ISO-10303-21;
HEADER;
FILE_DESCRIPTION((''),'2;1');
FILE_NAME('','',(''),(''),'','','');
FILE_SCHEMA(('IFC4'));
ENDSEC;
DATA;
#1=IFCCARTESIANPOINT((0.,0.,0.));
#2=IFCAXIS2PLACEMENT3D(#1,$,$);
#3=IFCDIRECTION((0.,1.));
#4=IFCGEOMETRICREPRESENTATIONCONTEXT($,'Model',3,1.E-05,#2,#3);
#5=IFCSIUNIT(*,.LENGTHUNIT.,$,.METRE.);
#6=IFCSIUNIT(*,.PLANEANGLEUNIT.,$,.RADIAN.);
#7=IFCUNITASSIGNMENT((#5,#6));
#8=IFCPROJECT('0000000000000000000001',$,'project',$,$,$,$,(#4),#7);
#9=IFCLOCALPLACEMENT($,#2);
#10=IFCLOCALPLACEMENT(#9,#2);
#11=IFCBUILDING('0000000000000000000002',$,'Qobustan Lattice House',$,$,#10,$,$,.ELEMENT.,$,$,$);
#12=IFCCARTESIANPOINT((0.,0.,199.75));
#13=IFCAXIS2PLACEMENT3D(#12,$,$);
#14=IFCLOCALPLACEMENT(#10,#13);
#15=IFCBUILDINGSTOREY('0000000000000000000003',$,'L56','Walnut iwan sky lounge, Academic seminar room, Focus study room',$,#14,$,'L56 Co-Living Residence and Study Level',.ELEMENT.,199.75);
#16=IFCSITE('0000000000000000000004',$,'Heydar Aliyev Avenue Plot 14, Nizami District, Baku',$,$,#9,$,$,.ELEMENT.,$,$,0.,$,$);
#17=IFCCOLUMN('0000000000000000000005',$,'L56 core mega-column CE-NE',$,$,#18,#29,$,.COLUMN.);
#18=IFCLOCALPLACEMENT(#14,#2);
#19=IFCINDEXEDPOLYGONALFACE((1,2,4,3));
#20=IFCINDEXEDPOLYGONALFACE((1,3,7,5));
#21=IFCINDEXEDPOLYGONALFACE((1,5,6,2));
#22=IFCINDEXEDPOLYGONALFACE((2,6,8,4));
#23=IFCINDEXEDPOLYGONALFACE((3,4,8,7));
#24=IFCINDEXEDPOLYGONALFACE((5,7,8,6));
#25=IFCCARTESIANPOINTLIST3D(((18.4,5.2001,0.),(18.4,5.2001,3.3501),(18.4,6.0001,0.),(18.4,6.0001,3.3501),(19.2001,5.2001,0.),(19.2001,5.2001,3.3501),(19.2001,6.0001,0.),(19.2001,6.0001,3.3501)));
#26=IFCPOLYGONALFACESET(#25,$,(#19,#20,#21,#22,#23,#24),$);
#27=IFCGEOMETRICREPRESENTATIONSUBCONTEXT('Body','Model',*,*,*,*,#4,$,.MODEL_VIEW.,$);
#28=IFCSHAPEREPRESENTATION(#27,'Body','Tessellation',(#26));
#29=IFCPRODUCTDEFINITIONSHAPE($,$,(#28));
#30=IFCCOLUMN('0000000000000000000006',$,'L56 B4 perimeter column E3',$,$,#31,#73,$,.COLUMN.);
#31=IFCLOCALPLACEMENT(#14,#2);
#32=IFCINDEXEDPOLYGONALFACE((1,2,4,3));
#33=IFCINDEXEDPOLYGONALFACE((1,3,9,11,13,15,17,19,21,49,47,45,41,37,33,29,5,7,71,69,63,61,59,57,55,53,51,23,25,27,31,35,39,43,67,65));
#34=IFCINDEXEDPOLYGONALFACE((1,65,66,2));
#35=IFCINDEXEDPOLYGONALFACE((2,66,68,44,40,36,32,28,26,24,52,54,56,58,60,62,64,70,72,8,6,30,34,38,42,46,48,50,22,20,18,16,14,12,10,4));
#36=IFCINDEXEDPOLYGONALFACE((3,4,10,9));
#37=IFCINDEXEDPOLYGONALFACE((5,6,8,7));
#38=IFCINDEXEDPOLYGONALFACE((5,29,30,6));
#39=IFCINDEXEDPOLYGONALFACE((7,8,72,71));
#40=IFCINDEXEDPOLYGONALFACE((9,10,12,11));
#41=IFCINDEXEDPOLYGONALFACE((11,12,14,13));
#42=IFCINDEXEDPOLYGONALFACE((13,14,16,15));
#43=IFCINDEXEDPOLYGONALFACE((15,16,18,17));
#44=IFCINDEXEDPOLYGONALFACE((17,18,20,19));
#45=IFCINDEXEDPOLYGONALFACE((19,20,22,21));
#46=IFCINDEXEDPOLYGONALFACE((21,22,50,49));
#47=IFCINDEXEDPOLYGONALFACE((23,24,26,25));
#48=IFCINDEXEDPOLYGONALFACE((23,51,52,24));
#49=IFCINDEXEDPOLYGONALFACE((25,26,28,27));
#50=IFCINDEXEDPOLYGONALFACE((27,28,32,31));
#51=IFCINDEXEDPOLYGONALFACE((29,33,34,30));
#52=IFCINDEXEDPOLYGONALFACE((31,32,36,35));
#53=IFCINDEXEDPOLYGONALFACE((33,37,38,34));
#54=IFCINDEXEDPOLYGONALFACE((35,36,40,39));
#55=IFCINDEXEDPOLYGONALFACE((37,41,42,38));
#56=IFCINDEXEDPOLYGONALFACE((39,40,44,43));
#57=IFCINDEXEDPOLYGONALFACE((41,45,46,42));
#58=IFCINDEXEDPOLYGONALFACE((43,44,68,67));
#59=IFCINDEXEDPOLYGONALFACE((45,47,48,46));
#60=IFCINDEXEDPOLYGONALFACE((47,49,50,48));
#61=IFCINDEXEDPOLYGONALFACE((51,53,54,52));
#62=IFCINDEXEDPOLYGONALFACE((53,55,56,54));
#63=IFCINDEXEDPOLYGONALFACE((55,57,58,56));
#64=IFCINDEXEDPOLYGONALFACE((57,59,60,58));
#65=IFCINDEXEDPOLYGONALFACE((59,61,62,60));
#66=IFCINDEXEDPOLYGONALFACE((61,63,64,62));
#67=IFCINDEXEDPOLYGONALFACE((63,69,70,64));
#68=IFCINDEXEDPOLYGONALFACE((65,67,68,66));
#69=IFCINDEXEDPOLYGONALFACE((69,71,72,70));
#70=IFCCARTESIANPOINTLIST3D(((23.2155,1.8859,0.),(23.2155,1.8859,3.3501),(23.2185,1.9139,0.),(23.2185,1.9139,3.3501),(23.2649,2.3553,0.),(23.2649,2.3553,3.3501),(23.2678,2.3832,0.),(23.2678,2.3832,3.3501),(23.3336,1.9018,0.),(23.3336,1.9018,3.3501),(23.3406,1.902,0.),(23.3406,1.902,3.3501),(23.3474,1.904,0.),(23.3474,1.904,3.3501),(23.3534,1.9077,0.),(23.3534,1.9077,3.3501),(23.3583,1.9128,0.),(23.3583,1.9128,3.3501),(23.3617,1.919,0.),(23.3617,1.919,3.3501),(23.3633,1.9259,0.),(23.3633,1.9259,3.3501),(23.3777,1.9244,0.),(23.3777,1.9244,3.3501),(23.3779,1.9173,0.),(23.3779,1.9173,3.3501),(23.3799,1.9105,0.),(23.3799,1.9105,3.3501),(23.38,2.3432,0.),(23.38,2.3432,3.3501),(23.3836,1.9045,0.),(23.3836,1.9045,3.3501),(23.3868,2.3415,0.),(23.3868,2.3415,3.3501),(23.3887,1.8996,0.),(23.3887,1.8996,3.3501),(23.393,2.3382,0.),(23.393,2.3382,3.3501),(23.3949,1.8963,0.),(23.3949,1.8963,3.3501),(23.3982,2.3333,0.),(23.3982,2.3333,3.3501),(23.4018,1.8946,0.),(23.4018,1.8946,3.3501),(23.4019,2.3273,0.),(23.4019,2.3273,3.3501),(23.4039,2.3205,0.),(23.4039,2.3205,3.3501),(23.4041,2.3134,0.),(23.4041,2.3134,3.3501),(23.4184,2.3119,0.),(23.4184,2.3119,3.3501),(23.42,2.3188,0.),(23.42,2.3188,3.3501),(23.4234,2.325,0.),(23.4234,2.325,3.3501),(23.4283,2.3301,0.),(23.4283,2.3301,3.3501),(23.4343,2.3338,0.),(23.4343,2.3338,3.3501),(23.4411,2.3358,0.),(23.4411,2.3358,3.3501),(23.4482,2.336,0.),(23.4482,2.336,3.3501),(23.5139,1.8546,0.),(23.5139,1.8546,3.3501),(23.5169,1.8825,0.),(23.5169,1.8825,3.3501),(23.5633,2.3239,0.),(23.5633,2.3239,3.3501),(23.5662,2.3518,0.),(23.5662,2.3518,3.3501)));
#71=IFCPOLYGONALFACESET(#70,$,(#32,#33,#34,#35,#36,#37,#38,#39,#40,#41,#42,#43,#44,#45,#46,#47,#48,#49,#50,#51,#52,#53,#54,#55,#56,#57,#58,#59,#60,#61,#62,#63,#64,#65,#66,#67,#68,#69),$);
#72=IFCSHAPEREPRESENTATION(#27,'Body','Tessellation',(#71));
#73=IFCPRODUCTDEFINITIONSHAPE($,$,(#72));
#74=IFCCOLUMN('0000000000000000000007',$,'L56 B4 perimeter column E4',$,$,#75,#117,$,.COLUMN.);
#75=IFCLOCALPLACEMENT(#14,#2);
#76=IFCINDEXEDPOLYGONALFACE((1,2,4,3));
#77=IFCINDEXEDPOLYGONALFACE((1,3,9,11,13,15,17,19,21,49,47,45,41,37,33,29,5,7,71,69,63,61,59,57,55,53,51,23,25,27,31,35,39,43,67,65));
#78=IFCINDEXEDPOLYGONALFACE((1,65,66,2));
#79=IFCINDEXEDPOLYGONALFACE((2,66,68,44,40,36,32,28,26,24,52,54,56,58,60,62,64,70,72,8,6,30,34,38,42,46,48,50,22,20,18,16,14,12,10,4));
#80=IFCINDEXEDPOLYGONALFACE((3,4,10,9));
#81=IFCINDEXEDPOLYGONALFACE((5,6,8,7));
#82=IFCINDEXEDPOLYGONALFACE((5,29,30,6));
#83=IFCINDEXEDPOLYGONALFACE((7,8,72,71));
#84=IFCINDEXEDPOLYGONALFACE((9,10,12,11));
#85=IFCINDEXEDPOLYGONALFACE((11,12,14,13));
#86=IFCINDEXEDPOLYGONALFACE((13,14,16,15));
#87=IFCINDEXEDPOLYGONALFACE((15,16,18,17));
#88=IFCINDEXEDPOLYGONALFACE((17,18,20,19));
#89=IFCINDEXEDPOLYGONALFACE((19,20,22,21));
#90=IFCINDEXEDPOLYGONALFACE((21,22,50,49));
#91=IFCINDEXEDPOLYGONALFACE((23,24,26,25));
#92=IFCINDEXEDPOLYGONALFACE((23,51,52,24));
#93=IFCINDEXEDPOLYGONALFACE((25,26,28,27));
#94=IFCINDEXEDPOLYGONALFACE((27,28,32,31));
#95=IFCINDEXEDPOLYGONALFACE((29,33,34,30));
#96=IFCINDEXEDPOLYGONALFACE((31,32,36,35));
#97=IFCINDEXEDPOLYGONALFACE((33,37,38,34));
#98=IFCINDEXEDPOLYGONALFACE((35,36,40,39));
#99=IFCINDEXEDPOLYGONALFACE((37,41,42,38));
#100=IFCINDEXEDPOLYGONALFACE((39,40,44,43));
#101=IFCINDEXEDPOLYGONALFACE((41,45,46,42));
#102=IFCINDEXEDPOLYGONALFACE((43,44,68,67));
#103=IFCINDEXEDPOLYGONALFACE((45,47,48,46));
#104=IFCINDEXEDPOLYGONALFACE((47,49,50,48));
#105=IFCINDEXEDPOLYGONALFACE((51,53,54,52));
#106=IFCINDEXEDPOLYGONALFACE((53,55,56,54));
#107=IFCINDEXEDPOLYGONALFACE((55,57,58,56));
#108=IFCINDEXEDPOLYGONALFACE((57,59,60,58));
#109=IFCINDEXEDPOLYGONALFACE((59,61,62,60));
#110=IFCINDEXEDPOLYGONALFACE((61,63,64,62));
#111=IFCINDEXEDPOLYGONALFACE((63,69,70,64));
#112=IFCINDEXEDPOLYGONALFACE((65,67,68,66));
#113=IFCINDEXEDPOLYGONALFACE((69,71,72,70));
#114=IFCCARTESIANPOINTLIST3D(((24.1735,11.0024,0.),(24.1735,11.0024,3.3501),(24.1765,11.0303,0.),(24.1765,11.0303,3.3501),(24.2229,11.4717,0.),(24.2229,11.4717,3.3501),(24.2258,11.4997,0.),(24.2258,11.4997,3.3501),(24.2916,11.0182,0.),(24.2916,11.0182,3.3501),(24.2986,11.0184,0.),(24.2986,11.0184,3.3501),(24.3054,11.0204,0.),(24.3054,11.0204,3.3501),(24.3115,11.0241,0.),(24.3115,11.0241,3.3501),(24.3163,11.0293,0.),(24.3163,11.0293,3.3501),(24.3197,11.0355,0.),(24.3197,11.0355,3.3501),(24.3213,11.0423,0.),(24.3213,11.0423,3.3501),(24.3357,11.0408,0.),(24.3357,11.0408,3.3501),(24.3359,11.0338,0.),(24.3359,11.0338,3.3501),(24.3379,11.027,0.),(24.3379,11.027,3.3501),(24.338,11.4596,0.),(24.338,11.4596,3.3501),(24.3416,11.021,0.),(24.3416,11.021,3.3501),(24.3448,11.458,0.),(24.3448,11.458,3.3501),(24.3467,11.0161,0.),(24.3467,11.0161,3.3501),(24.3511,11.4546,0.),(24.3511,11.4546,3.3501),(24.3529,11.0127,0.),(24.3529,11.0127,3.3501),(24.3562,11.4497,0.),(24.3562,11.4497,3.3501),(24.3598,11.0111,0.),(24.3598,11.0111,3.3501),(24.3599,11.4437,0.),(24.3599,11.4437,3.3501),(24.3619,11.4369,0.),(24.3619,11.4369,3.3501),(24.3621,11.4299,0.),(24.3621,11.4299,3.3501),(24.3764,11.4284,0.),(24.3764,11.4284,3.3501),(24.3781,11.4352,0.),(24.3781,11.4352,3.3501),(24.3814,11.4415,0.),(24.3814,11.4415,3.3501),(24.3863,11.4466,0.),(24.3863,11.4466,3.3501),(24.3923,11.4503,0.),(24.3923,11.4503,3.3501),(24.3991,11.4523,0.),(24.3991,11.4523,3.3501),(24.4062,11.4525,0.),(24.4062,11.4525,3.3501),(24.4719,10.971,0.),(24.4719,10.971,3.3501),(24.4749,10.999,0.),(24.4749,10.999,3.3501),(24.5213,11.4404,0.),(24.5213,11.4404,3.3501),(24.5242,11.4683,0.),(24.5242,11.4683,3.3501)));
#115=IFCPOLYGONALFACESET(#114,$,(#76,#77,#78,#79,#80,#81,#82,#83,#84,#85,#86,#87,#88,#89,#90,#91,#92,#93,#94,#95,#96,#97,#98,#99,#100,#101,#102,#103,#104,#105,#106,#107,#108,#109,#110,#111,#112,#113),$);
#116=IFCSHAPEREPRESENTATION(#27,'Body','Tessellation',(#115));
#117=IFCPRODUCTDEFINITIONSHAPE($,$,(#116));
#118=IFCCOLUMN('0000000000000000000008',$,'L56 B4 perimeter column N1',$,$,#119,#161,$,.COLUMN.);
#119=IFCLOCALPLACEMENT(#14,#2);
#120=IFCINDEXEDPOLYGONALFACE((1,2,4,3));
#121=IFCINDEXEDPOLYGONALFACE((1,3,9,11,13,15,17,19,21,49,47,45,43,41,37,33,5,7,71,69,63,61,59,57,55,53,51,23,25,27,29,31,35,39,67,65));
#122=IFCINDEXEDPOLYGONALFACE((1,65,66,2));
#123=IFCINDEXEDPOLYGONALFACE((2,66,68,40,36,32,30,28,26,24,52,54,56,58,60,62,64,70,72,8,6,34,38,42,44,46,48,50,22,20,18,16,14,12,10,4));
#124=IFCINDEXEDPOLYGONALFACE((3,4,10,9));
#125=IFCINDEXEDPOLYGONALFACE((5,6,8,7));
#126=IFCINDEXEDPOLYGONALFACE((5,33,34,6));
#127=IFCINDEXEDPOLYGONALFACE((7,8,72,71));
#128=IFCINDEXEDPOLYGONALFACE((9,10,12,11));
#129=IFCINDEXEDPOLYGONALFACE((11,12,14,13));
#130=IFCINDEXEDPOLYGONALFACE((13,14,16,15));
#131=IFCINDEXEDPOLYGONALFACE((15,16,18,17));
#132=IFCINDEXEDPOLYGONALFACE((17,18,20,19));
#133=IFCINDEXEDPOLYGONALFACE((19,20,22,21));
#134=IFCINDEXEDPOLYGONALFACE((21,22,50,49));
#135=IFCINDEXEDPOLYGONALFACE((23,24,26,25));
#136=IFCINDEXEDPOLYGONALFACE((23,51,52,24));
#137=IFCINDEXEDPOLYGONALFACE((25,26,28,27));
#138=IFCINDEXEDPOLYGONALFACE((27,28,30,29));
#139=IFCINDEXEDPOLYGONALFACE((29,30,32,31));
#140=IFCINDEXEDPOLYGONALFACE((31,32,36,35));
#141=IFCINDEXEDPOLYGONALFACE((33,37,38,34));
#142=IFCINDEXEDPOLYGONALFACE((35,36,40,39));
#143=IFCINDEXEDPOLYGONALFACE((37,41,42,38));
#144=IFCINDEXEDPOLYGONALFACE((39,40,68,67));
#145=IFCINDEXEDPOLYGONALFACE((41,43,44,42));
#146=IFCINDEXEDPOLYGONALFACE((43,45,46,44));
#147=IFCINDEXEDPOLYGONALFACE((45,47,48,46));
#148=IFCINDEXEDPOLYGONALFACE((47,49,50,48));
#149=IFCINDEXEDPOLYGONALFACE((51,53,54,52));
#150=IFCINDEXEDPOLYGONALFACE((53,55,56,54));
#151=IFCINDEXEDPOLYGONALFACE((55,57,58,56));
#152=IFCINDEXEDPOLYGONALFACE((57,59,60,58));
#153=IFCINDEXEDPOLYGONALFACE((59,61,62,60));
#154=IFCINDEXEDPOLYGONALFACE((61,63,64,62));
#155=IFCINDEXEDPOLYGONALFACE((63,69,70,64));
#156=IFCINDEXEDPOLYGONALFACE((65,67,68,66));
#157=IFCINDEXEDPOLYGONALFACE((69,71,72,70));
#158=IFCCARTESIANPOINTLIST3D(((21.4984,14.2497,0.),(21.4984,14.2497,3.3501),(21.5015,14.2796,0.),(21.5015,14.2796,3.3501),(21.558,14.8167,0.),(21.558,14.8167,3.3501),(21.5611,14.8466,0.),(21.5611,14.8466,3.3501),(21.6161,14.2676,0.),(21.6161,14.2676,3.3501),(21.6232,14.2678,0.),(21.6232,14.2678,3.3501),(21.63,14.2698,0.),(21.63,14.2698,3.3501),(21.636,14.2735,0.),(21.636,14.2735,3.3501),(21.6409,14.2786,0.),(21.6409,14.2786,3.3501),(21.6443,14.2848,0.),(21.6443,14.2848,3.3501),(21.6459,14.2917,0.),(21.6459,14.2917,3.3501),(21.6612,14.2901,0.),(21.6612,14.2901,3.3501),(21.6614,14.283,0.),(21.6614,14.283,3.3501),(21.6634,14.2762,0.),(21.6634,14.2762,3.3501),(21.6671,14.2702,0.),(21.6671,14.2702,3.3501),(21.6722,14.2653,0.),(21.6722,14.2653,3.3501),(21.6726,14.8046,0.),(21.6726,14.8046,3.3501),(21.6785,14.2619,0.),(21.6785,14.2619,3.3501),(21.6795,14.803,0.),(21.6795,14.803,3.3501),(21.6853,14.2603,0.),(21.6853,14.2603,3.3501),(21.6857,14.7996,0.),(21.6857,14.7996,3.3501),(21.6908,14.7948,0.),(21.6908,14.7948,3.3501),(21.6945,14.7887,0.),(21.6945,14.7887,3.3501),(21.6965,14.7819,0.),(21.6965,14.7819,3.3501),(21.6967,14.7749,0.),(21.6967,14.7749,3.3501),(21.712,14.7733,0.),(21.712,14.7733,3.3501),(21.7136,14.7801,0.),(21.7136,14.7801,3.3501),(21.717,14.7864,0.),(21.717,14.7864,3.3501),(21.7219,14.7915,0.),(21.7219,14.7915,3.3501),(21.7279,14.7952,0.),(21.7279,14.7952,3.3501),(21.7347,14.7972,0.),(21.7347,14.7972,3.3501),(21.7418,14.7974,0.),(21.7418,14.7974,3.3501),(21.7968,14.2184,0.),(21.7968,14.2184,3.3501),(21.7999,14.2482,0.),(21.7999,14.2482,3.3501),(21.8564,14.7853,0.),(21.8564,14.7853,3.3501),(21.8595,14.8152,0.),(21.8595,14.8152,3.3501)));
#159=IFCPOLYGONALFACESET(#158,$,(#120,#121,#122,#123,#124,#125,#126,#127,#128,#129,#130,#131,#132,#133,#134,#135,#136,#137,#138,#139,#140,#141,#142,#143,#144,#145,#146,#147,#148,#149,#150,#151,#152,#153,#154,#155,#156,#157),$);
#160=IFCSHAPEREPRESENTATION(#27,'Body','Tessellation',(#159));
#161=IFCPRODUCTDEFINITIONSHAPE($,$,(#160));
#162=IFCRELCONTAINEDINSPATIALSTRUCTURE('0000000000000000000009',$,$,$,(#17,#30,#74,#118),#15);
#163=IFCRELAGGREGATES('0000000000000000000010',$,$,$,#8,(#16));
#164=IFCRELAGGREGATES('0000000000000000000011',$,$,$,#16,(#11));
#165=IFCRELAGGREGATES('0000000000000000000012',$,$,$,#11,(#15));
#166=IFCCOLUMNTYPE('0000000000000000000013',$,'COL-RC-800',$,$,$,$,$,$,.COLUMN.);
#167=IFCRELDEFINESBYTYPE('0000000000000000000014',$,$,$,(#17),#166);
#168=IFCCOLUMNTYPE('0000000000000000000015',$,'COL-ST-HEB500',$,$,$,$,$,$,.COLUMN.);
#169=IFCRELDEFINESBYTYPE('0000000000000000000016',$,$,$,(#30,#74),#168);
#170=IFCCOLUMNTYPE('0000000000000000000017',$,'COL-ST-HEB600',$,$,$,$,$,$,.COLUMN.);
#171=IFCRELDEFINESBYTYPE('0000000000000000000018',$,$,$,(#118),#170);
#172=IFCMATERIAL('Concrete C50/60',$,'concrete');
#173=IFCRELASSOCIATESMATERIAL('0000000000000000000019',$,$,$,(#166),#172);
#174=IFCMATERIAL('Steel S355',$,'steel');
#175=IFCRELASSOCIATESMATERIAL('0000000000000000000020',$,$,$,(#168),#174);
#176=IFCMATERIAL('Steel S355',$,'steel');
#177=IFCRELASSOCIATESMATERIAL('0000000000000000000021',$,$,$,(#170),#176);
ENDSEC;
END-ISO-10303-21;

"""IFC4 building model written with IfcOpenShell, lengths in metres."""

from ifc_helpers import new_model, si_unit, direction, frame, origin, origin_2d, place, context, subcontext, project, spatial, rectangle, i_section, extrude, material, material_profile, profile_set, type_object, element, save


model = new_model("IFC4")

# Units and contexts
model_context = context("Model", 3, precision=1e-05, world=origin(), true_north=direction((0.0, 1.0)))
body_context = subcontext(model_context, "Body", "Model", "MODEL_VIEW")
ifc_project = project(units=[si_unit("LENGTHUNIT", "METRE"), si_unit("PLANEANGLEUNIT", "RADIAN")], contexts=[model_context])

# Site, building, storey
site_placement = place(None, origin())
site = spatial("IfcSite", under=ifc_project, at=site_placement, Name="Heydar Aliyev Avenue Plot 14, Nizami District, Baku", CompositionType="ELEMENT", RefElevation=0.0)
building_placement = place(site_placement, origin())
building = spatial("IfcBuilding", under=site, at=building_placement, Name="Qobustan Lattice House", CompositionType="ELEMENT")
storey_placement = place(building_placement, frame((0.0, 0.0, 199.75)))
storey = spatial("IfcBuildingStorey", under=building, at=storey_placement, Name="L56", Description="Walnut iwan sky lounge, Academic seminar room, Focus study room", LongName="L56 Co-Living Residence and Study Level", CompositionType="ELEMENT", Elevation=199.75)

# Columns
ifc_material_1 = material(Name="Concrete C50/60", Category="concrete")
ifc_material_profile_1 = material_profile(ifc_material_1, rectangle(XDim=0.8, YDim=0.8, at=origin_2d()), Name="RC800x800")
ifc_profile_set_1 = profile_set([ifc_material_profile_1], Name="Concrete C50/60")
column_type_1 = type_object("IfcColumnType", Name="COL-RC-800", PredefinedType="COLUMN", material=ifc_profile_set_1)
column_1_placement = place(storey_placement, frame((18.8, 5.6001, 0.0), z_axis=(0.0, 0.0, 1.0), x_axis=(1.0, 0.0, 0.0)))
element("IfcColumn", 1, at=column_1_placement, inside=storey, type_object=column_type_1, Name="L56 core mega-column CE-NE", PredefinedType="COLUMN", context=body_context, shape_type="SweptSolid", body=[
    extrude(rectangle(XDim=0.8, YDim=0.8, at=origin_2d()), origin(), (0.0, 0.0, 1.0), 3.3501),
])
ifc_material_2 = material(Name="Steel S355", Category="steel")
ifc_material_profile_2 = material_profile(ifc_material_2, i_section(OverallWidth=0.3, OverallDepth=0.5, WebThickness=0.0144, FlangeThickness=0.0281, FilletRadius=0.0271, at=origin_2d()), Name="HEB500")
ifc_profile_set_2 = profile_set([ifc_material_profile_2], Name="Steel S355")
column_type_2 = type_object("IfcColumnType", Name="COL-ST-HEB500", PredefinedType="COLUMN", material=ifc_profile_set_2)
for number, where, z_axis, x_axis, name in (
    (2, (23.3909, 2.1189, 0.0), (0.0, 0.0, 1.0), (0.994522, -0.104528, 0.0), "L56 B4 perimeter column E3"),
    (3, (24.3489, 11.2354, 0.0), (0.0, 0.0, 1.0), (0.994522, -0.104528, 0.0), "L56 B4 perimeter column E4"),
):
    element("IfcColumn", number, at=place(storey_placement, frame(where, z_axis=z_axis, x_axis=x_axis)), inside=storey, type_object=column_type_2, Name=name, PredefinedType="COLUMN", context=body_context, shape_type="SweptSolid", body=[
        extrude(i_section(OverallWidth=0.3, OverallDepth=0.5, WebThickness=0.0144, FlangeThickness=0.0281, FilletRadius=0.0271, at=origin_2d()), origin(), (0.0, 0.0, 1.0), 3.3501),
    ])
ifc_material_3 = material(Name="Steel S355", Category="steel")
ifc_material_profile_3 = material_profile(ifc_material_3, i_section(OverallWidth=0.3, OverallDepth=0.6001, WebThickness=0.0154, FlangeThickness=0.03, FilletRadius=0.0271, at=origin_2d()), Name="HEB600")
ifc_profile_set_3 = profile_set([ifc_material_profile_3], Name="Steel S355")
column_type_3 = type_object("IfcColumnType", Name="COL-ST-HEB600", PredefinedType="COLUMN", material=ifc_profile_set_3)
column_2_placement = place(storey_placement, frame((21.679, 14.5325, 0.0), z_axis=(0.0, 0.0, 1.0), x_axis=(0.994522, -0.104528, 0.0)))
element("IfcColumn", 4, at=column_2_placement, inside=storey, type_object=column_type_3, Name="L56 B4 perimeter column N1", PredefinedType="COLUMN", context=body_context, shape_type="SweptSolid", body=[
    extrude(i_section(OverallWidth=0.3, OverallDepth=0.6001, WebThickness=0.0154, FlangeThickness=0.03, FilletRadius=0.0271, at=origin_2d()), origin(), (0.0, 0.0, 1.0), 3.3501),
])

save(model, "model.ifc")
